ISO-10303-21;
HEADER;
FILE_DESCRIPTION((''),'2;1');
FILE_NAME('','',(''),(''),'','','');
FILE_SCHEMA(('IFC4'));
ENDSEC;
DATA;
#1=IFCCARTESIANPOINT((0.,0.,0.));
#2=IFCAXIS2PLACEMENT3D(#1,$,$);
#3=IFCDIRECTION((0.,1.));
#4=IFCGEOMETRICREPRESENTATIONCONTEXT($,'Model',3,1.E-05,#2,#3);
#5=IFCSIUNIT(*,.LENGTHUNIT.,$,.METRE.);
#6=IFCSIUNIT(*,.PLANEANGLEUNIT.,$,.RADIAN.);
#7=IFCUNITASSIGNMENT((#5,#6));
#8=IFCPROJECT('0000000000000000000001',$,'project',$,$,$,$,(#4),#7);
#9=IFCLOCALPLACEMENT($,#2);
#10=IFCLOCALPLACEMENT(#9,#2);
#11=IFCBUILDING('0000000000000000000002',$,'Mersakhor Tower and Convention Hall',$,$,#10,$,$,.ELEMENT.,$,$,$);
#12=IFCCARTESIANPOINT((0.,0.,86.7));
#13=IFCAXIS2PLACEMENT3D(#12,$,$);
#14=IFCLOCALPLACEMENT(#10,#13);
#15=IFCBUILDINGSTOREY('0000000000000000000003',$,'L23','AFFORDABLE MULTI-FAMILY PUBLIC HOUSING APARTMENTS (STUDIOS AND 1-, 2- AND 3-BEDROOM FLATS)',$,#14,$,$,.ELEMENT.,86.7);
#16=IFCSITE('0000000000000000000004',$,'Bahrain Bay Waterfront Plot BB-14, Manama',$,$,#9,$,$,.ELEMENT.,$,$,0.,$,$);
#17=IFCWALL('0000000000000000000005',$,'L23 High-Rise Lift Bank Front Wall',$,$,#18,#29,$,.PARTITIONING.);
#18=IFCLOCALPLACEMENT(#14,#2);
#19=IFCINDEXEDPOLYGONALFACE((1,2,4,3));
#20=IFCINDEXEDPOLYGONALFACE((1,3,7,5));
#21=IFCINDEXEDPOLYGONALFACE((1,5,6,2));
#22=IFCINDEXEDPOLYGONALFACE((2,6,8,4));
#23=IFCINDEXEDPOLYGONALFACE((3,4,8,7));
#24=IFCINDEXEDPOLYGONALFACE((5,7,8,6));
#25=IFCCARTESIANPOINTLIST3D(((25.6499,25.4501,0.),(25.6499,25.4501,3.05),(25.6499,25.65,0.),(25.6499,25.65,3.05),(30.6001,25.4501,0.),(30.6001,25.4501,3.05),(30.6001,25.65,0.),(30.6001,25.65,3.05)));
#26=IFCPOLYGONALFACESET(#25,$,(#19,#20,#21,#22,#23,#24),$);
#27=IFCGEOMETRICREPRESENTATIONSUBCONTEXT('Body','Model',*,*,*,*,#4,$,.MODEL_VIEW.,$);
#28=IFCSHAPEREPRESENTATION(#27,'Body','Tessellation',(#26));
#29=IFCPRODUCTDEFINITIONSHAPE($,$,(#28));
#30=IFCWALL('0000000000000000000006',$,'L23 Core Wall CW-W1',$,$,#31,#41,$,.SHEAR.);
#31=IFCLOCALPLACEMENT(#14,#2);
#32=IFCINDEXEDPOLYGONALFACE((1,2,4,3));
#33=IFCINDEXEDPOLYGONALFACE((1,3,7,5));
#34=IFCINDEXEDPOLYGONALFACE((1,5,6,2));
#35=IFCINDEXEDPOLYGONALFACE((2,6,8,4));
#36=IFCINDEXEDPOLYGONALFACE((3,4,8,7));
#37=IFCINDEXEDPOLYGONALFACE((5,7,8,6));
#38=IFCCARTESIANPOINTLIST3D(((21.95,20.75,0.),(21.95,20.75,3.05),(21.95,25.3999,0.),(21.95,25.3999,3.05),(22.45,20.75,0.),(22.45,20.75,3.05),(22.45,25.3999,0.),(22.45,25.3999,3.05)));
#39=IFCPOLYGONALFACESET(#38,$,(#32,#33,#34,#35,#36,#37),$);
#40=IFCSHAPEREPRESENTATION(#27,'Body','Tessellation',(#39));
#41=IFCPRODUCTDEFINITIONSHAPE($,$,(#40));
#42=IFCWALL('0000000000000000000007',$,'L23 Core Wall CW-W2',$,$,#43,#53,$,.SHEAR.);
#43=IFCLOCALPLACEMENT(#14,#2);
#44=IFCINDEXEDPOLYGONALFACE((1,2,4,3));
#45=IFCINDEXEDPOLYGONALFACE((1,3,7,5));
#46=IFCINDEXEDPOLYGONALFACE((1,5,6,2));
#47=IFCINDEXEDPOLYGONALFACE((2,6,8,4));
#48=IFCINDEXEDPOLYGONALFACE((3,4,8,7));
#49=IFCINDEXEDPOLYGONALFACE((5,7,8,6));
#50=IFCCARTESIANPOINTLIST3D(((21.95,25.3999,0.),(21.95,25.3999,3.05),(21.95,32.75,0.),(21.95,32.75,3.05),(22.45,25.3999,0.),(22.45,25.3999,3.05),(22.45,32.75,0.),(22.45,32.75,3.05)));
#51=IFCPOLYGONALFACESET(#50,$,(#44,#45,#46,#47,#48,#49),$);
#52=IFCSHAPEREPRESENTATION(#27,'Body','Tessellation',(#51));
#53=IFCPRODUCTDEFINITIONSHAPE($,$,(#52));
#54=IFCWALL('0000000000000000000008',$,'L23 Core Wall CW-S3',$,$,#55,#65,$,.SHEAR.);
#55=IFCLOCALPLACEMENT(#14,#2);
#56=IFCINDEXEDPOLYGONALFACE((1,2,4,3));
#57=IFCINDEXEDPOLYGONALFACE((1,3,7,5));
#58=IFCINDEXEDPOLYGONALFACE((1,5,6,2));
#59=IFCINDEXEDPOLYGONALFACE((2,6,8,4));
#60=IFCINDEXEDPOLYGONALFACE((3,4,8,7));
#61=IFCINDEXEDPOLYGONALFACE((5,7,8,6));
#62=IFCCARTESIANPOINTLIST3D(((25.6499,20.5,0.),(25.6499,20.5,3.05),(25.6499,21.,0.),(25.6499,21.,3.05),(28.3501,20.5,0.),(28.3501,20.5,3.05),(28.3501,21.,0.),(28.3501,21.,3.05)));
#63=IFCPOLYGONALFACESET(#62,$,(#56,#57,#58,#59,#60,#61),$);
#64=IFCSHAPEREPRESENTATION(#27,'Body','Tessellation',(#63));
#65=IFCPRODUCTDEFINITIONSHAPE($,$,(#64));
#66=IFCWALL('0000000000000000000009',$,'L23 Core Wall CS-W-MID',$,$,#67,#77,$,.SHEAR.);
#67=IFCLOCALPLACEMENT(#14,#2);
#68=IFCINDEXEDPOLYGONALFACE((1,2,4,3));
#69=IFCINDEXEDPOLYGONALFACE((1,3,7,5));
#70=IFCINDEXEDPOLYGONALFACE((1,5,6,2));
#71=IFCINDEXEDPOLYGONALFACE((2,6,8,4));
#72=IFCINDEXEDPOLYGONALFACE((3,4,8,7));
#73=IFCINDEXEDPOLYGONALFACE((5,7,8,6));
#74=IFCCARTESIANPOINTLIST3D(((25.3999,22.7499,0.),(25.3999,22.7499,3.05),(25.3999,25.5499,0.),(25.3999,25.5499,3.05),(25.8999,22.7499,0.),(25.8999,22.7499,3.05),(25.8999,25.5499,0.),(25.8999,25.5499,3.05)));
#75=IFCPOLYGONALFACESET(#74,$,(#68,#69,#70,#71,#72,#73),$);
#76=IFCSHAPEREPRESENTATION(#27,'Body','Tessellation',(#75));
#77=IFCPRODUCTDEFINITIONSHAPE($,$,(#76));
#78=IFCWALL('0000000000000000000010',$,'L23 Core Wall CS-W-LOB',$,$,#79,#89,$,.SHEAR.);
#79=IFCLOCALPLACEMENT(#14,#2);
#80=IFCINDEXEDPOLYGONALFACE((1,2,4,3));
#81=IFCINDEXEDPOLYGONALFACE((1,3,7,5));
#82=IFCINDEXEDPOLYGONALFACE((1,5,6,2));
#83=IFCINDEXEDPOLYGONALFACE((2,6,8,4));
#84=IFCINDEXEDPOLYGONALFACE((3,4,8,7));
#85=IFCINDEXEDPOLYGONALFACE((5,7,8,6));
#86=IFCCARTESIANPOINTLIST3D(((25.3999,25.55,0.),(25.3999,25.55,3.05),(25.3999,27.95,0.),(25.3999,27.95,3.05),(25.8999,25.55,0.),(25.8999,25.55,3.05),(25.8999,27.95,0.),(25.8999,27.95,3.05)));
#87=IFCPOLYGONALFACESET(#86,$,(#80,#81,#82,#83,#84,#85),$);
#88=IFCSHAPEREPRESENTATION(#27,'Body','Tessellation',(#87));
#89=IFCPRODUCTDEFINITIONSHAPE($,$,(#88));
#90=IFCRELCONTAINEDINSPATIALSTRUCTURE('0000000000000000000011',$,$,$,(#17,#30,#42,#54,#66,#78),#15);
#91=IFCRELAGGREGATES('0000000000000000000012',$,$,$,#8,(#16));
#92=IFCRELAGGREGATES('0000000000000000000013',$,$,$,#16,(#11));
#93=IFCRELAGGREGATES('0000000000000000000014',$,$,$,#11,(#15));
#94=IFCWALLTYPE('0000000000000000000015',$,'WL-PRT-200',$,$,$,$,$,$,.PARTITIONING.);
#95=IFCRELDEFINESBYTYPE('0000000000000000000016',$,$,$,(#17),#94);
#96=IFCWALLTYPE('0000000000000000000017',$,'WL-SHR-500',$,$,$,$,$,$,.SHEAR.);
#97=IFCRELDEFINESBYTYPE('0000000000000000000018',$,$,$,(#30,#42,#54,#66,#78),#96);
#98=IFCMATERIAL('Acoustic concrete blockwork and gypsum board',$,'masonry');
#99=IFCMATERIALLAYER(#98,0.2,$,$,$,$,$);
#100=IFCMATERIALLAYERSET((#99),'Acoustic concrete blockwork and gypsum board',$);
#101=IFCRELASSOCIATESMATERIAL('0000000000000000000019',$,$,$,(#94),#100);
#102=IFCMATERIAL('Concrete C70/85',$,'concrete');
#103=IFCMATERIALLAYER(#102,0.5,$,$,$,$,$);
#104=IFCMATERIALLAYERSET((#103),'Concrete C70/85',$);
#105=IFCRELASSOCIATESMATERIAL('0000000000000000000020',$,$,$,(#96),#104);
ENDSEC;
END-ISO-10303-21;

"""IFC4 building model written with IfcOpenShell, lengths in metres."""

from ifc_helpers import new_model, si_unit, direction, frame, frame_2d, origin, place, context, subcontext, project, spatial, rectangle, extrude, material, layer, layer_set, type_object, element, save


model = new_model("IFC4")

# Units and contexts
model_context = context("Model", 3, precision=1e-05, world=origin(), true_north=direction((0.0, 1.0)))
body_context = subcontext(model_context, "Body", "Model", "MODEL_VIEW")
ifc_project = project(units=[si_unit("LENGTHUNIT", "METRE"), si_unit("PLANEANGLEUNIT", "RADIAN")], contexts=[model_context])

# Site, building, storey
site_placement = place(None, origin())
site = spatial("IfcSite", under=ifc_project, at=site_placement, Name="Bahrain Bay Waterfront Plot BB-14, Manama", CompositionType="ELEMENT", RefElevation=0.0)
building_placement = place(site_placement, origin())
building = spatial("IfcBuilding", under=site, at=building_placement, Name="Mersakhor Tower and Convention Hall", CompositionType="ELEMENT")
storey_placement = place(building_placement, frame((0.0, 0.0, 86.7)))
storey = spatial("IfcBuildingStorey", under=building, at=storey_placement, Name="L23", Description="AFFORDABLE MULTI-FAMILY PUBLIC HOUSING APARTMENTS (STUDIOS AND 1-, 2- AND 3-BEDROOM FLATS)", CompositionType="ELEMENT", Elevation=86.7)

# Wall
ifc_material_1 = material(Name="Acoustic concrete blockwork and gypsum board", Category="masonry")
ifc_layer_1 = layer(ifc_material_1, 0.2)
ifc_layer_set_1 = layer_set([ifc_layer_1], Name="Acoustic concrete blockwork and gypsum board")
wall_type_1 = type_object("IfcWallType", Name="WL-PRT-200", PredefinedType="PARTITIONING", material=ifc_layer_set_1)
wall_1_placement = place(storey_placement, frame((25.6499, 25.55, 0.0), z_axis=(0.0, 0.0, 1.0), x_axis=(1.0, 0.0, 0.0)))
element("IfcWall", 1, at=wall_1_placement, inside=storey, type_object=wall_type_1, Name="L23 High-Rise Lift Bank Front Wall", PredefinedType="PARTITIONING", context=body_context, shape_type="SweptSolid", body=[
    extrude(rectangle(XDim=4.9502, YDim=0.2, at=frame_2d((2.4751, 0.0))), origin(), (0.0, 0.0, 1.0), 3.05),
])

# Walls
ifc_material_2 = material(Name="Concrete C70/85", Category="concrete")
ifc_layer_2 = layer(ifc_material_2, 0.5)
ifc_layer_set_2 = layer_set([ifc_layer_2], Name="Concrete C70/85")
wall_type_2 = type_object("IfcWallType", Name="WL-SHR-500", PredefinedType="SHEAR", material=ifc_layer_set_2)
wall_2_placement = place(storey_placement, frame((22.2, 20.75, 0.0), z_axis=(0.0, 0.0, 1.0), x_axis=(0.0, 1.0, 0.0)))
element("IfcWall", 2, at=wall_2_placement, inside=storey, type_object=wall_type_2, Name="L23 Core Wall CW-W1", PredefinedType="SHEAR", context=body_context, shape_type="SweptSolid", body=[
    extrude(rectangle(XDim=4.6499, YDim=0.5, at=frame_2d((2.325, 0.0))), origin(), (0.0, 0.0, 1.0), 3.05),
])
wall_3_placement = place(storey_placement, frame((22.2, 25.3999, 0.0), z_axis=(0.0, 0.0, 1.0), x_axis=(0.0, 1.0, 0.0)))
element("IfcWall", 3, at=wall_3_placement, inside=storey, type_object=wall_type_2, Name="L23 Core Wall CW-W2", PredefinedType="SHEAR", context=body_context, shape_type="SweptSolid", body=[
    extrude(rectangle(XDim=7.3501, YDim=0.5, at=frame_2d((3.675, 0.0))), origin(), (0.0, 0.0, 1.0), 3.05),
])
wall_4_placement = place(storey_placement, frame((28.3501, 20.75, 0.0), z_axis=(0.0, 0.0, 1.0), x_axis=(-1.0, 0.0, 0.0)))
element("IfcWall", 4, at=wall_4_placement, inside=storey, type_object=wall_type_2, Name="L23 Core Wall CW-S3", PredefinedType="SHEAR", context=body_context, shape_type="SweptSolid", body=[
    extrude(rectangle(XDim=2.7002, YDim=0.5, at=frame_2d((1.3501, 0.0))), origin(), (0.0, 0.0, 1.0), 3.05),
])

# Walls
wall_5_placement = place(storey_placement, frame((25.6499, 22.75, 0.0), z_axis=(0.0, 0.0, 1.0), x_axis=(0.0, 1.0, 0.0)))
element("IfcWall", 5, at=wall_5_placement, inside=storey, type_object=wall_type_2, Name="L23 Core Wall CS-W-MID", PredefinedType="SHEAR", context=body_context, shape_type="SweptSolid", body=[
    extrude(rectangle(XDim=2.8, YDim=0.5, at=frame_2d((1.3999, 0.0))), origin(), (0.0, 0.0, 1.0), 3.05),
])
wall_6_placement = place(storey_placement, frame((25.6499, 25.55, 0.0), z_axis=(0.0, 0.0, 1.0), x_axis=(0.0, 1.0, 0.0)))
element("IfcWall", 6, at=wall_6_placement, inside=storey, type_object=wall_type_2, Name="L23 Core Wall CS-W-LOB", PredefinedType="SHEAR", context=body_context, shape_type="SweptSolid", body=[
    extrude(rectangle(XDim=2.3999, YDim=0.5, at=frame_2d((1.2, 0.0))), origin(), (0.0, 0.0, 1.0), 3.05),
])

save(model, "model.ifc")
